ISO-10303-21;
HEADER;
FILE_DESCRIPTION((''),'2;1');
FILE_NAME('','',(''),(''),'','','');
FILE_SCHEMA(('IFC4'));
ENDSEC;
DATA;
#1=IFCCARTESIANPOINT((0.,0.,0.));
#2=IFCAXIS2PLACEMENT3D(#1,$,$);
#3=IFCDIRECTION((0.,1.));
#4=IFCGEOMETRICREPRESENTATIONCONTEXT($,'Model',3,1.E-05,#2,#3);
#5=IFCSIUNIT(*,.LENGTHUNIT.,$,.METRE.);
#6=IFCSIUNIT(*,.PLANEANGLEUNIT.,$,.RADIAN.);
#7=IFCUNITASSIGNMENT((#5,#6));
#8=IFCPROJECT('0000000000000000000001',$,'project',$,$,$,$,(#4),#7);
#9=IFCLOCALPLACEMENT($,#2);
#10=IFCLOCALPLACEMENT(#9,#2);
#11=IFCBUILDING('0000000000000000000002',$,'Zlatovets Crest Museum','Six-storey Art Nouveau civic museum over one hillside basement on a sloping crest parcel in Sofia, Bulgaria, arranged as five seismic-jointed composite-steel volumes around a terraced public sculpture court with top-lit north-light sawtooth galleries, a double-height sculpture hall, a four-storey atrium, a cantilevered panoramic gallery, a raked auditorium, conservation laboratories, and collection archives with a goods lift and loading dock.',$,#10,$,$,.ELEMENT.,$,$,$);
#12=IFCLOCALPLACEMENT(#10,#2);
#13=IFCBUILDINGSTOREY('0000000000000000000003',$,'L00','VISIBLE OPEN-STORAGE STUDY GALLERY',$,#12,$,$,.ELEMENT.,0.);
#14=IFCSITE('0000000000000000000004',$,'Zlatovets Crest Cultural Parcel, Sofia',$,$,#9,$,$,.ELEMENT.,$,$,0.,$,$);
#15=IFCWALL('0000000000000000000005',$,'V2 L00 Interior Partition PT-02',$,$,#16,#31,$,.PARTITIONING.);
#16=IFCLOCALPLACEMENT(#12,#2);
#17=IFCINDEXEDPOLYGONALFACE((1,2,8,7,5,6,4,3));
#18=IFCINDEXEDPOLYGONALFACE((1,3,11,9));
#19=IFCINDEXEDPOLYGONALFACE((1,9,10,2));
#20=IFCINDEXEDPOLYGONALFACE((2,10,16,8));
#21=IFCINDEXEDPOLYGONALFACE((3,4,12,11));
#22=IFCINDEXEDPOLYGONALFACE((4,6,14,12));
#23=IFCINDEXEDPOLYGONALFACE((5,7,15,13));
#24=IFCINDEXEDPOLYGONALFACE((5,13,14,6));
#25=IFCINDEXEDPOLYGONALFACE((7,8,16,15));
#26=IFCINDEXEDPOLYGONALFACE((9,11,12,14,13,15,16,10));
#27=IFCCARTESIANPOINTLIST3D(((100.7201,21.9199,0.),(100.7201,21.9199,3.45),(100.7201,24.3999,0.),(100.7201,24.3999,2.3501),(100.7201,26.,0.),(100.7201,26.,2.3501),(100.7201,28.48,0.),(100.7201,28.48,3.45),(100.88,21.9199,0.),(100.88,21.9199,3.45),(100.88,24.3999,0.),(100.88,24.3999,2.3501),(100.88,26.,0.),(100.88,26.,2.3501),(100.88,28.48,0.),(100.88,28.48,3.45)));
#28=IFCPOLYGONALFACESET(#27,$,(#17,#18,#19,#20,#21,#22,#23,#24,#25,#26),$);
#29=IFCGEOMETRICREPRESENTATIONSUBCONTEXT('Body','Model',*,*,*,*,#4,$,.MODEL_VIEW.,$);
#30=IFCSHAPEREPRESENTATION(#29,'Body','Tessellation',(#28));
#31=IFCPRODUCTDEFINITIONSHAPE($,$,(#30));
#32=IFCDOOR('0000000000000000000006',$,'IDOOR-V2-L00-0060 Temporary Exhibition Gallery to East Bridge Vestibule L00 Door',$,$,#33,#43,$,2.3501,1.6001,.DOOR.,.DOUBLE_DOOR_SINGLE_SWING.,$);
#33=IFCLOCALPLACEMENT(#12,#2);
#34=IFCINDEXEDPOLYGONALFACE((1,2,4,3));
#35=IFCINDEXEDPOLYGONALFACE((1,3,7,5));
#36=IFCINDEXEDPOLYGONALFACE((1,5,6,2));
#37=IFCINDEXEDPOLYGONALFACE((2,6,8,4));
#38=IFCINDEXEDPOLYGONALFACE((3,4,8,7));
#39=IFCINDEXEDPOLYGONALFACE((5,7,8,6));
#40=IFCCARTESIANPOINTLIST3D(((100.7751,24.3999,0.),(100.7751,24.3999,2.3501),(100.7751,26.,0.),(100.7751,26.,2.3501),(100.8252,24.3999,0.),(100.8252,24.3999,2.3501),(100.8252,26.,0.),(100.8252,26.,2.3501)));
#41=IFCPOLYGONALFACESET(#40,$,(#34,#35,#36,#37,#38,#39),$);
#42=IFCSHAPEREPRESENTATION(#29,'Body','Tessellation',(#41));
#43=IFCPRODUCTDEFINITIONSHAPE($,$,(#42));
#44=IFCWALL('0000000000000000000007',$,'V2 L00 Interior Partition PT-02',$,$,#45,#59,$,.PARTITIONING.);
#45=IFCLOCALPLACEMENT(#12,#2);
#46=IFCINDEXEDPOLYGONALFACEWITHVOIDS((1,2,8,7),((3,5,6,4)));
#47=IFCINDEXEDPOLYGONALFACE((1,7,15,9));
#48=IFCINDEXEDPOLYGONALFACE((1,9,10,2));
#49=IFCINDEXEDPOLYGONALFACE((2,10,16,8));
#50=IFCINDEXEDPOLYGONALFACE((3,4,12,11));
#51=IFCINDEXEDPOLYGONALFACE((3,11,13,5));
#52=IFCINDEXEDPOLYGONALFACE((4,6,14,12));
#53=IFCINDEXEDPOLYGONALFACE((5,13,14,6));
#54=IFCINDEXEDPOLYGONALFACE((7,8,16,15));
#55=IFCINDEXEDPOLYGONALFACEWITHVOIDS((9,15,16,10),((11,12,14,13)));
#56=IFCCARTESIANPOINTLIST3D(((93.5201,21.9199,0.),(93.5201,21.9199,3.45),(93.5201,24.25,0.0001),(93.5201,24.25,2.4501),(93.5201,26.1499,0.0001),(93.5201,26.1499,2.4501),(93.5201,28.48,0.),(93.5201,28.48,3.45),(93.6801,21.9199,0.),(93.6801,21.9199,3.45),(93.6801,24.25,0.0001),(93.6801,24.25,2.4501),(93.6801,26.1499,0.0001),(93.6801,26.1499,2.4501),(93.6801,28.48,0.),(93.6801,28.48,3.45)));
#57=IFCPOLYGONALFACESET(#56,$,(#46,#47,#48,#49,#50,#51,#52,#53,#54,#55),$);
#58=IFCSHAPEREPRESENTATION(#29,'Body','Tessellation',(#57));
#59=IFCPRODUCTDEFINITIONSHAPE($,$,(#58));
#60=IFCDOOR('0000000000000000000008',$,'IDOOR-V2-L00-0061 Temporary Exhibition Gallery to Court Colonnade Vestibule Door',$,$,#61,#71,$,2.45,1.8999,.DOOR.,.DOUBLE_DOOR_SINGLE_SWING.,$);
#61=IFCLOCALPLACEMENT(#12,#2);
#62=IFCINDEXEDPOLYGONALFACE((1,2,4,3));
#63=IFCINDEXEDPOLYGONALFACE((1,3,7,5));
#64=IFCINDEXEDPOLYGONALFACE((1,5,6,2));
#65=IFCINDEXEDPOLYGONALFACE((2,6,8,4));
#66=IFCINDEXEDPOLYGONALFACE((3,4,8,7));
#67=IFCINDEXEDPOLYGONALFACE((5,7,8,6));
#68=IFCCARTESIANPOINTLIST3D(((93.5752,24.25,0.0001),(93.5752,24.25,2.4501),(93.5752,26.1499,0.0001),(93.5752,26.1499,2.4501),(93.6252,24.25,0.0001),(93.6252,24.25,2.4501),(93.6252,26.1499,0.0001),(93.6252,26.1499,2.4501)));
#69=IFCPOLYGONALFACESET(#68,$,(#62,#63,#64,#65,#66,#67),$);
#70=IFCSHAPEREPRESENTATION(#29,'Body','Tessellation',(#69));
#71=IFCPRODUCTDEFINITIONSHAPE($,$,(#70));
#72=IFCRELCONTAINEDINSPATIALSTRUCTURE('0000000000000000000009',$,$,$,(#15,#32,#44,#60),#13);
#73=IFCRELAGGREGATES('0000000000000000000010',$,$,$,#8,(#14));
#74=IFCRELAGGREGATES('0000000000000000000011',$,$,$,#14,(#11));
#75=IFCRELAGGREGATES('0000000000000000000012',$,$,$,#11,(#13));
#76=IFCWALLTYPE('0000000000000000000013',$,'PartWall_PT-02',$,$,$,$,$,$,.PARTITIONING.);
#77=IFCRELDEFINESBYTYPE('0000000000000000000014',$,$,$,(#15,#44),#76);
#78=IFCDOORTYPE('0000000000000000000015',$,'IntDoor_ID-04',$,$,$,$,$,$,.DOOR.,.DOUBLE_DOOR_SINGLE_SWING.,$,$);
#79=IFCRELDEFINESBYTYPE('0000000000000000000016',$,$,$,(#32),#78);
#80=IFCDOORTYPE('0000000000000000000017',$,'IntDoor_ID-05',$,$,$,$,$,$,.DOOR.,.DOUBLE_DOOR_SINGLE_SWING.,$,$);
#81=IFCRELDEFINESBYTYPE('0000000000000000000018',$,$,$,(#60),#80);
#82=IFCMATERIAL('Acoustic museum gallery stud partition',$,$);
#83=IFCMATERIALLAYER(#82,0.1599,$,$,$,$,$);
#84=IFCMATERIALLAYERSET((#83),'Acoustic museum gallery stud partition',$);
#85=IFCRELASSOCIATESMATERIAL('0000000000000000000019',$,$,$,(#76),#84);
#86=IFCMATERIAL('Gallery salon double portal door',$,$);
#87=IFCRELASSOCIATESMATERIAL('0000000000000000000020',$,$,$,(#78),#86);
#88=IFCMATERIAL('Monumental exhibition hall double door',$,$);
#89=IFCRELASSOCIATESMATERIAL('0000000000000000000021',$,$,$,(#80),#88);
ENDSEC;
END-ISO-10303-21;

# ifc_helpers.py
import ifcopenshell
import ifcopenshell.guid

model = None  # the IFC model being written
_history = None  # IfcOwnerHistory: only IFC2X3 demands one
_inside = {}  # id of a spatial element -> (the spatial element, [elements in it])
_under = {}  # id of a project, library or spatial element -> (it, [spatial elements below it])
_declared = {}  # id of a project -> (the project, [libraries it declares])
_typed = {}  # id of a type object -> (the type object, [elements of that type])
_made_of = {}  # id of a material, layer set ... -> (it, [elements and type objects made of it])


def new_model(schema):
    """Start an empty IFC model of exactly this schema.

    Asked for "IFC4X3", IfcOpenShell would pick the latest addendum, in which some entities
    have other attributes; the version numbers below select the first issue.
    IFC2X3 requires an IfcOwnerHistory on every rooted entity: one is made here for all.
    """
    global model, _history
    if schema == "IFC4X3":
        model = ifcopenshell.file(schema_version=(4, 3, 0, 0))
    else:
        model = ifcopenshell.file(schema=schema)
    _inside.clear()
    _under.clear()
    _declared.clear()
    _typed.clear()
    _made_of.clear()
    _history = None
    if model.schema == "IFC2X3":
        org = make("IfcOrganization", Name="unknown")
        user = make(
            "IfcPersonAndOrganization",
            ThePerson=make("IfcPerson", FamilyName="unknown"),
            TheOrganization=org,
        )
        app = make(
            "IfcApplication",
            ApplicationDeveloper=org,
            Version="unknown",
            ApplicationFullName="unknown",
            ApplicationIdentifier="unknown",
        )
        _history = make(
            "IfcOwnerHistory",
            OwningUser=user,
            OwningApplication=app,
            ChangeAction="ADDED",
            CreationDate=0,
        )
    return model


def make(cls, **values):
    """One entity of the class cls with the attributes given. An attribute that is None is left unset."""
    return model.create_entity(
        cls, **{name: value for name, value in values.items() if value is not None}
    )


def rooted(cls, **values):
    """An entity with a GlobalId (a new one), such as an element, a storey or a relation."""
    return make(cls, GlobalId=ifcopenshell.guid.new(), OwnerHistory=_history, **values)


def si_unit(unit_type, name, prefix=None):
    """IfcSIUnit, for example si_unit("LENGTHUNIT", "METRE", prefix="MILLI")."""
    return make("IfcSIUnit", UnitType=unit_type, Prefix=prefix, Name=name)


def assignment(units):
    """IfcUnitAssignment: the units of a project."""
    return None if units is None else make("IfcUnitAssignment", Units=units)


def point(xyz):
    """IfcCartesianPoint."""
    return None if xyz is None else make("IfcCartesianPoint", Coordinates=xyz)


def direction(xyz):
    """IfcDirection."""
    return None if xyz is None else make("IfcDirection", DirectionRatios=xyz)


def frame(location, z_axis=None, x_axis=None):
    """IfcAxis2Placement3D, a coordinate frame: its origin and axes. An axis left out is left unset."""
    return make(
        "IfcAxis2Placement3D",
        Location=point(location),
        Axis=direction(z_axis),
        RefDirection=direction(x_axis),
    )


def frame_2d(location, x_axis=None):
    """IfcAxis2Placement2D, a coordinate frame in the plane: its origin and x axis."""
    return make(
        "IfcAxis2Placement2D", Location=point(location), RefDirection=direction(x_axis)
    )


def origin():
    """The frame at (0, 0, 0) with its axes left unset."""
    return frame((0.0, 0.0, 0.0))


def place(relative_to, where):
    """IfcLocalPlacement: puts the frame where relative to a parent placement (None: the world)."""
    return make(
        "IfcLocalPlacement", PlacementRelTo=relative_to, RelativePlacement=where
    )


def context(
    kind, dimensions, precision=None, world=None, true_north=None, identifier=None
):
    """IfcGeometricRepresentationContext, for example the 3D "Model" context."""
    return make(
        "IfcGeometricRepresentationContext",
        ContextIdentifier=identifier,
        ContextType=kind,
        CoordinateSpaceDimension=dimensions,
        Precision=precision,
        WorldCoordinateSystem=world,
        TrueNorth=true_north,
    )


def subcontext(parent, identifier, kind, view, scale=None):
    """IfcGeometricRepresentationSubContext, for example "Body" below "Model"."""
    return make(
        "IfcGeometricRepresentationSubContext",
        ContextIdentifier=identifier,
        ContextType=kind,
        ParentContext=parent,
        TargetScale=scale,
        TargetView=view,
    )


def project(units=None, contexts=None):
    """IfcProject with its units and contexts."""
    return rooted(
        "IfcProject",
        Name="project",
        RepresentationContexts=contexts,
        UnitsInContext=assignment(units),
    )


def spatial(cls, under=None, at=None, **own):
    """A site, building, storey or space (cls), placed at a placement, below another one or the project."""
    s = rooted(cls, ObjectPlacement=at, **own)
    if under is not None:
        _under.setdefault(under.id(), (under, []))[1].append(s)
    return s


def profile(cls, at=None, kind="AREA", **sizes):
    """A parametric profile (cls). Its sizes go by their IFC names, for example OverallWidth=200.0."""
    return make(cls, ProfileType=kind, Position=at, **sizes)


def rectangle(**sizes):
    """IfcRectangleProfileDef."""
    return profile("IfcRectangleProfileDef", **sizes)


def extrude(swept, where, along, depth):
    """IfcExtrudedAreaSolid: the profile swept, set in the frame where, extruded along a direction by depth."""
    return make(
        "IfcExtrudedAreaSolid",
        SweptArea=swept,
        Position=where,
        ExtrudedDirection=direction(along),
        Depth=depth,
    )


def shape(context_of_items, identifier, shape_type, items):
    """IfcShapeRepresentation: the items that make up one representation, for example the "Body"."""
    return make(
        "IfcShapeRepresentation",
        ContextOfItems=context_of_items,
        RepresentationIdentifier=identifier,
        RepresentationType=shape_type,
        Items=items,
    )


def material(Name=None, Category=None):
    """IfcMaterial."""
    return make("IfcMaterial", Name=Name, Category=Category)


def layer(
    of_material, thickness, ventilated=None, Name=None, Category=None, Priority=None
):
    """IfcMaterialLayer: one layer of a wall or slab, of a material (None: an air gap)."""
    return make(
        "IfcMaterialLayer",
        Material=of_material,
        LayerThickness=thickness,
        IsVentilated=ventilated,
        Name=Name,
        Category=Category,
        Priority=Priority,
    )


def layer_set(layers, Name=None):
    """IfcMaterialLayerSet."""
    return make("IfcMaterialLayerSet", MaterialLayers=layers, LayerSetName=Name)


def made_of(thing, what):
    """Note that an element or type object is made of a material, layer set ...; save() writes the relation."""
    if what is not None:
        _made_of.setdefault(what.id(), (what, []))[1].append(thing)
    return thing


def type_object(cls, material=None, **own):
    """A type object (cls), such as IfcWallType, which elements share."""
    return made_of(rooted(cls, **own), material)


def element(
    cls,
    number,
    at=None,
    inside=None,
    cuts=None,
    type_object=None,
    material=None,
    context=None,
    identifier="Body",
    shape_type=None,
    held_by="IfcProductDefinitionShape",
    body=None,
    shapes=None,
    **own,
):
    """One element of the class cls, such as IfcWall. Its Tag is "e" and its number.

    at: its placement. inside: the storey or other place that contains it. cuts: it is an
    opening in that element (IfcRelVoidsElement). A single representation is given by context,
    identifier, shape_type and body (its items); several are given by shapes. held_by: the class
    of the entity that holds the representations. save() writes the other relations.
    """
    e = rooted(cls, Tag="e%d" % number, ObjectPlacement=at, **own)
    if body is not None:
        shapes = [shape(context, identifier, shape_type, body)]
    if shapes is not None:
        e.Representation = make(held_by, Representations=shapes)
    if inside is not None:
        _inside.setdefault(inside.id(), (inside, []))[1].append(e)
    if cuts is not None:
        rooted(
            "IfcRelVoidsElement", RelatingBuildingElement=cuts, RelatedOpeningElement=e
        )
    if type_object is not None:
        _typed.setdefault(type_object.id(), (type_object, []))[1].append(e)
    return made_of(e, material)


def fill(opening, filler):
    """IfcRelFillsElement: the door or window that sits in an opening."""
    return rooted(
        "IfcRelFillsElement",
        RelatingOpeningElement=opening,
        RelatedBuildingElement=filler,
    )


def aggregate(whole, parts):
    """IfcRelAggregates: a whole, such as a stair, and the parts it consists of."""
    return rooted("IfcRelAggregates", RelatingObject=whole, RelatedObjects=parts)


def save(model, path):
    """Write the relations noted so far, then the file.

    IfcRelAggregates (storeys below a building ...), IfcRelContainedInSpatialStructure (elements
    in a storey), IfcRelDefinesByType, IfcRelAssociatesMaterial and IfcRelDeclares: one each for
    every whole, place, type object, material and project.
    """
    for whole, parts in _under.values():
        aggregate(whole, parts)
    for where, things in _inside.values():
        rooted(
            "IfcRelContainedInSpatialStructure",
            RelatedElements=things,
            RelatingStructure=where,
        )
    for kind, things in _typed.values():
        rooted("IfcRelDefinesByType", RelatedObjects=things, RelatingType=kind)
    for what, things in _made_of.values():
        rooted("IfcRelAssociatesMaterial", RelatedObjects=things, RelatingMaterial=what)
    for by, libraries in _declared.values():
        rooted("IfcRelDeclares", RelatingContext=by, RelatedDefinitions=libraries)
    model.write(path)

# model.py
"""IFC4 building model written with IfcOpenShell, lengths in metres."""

from ifc_helpers import new_model, si_unit, direction, frame, frame_2d, origin, place, context, subcontext, project, spatial, rectangle, extrude, material, layer, layer_set, type_object, element, fill, save


model = new_model("IFC4")

# Units and contexts
model_context = context("Model", 3, precision=1e-05, world=origin(), true_north=direction((0.0, 1.0)))
body_context = subcontext(model_context, "Body", "Model", "MODEL_VIEW")
ifc_project = project(units=[si_unit("LENGTHUNIT", "METRE"), si_unit("PLANEANGLEUNIT", "RADIAN")], contexts=[model_context])

# Site, building, storey
site_placement = place(None, origin())
site = spatial("IfcSite", under=ifc_project, at=site_placement, Name="Zlatovets Crest Cultural Parcel, Sofia", CompositionType="ELEMENT", RefElevation=0.0)
building_placement = place(site_placement, origin())
building = spatial("IfcBuilding", under=site, at=building_placement, Name="Zlatovets Crest Museum", Description="Six-storey Art Nouveau civic museum over one hillside basement on a sloping crest parcel in Sofia, Bulgaria, arranged as five seismic-jointed composite-steel volumes around a terraced public sculpture court with top-lit north-light sawtooth galleries, a double-height sculpture hall, a four-storey atrium, a cantilevered panoramic gallery, a raked auditorium, conservation laboratories, and collection archives with a goods lift and loading dock.", CompositionType="ELEMENT")
storey_placement = place(building_placement, origin())
storey = spatial("IfcBuildingStorey", under=building, at=storey_placement, Name="L00", Description="VISIBLE OPEN-STORAGE STUDY GALLERY", CompositionType="ELEMENT", Elevation=0.0)

# Walls, openings, doors
ifc_material_1 = material(Name="Acoustic museum gallery stud partition")
ifc_layer_1 = layer(ifc_material_1, 0.1599)
ifc_layer_set_1 = layer_set([ifc_layer_1], Name="Acoustic museum gallery stud partition")
wall_type_1 = type_object("IfcWallType", Name="PartWall_PT-02", PredefinedType="PARTITIONING", material=ifc_layer_set_1)
wall_1_placement = place(storey_placement, frame((100.8, 21.9199, 0.0), z_axis=(0.0, 0.0, 1.0), x_axis=(0.0, 1.0, 0.0)))
wall_1 = element("IfcWall", 1, at=wall_1_placement, inside=storey, type_object=wall_type_1, Name="V2 L00 Interior Partition PT-02", PredefinedType="PARTITIONING", context=body_context, shape_type="SweptSolid", body=[
    extrude(rectangle(XDim=6.5601, YDim=0.1599, at=frame_2d((3.28, 0.0))), origin(), (0.0, 0.0, 1.0), 3.45),
])
opening_1_placement = place(wall_1_placement, frame((2.48, 0.0, 0.0)))
opening_1 = element("IfcOpeningElement", 2, at=opening_1_placement, cuts=wall_1, PredefinedType="OPENING", context=body_context, shape_type="SweptSolid", body=[
    extrude(rectangle(XDim=1.6001, YDim=2.3501, at=frame_2d((0.8, 1.175))), frame((0.0, 0.0898, 0.0), z_axis=(0.0, -1.0, 0.0), x_axis=(1.0, 0.0, 0.0)), (0.0, 0.0, 1.0), 0.1799),
])
ifc_material_2 = material(Name="Gallery salon double portal door")
door_type_1 = type_object("IfcDoorType", Name="IntDoor_ID-04", OperationType="DOUBLE_DOOR_SINGLE_SWING", PredefinedType="DOOR", material=ifc_material_2)
door_1_placement = place(opening_1_placement, origin())
door_1 = element("IfcDoor", 3, at=door_1_placement, inside=storey, type_object=door_type_1, Name="IDOOR-V2-L00-0060 Temporary Exhibition Gallery to East Bridge Vestibule L00 Door", OperationType="DOUBLE_DOOR_SINGLE_SWING", OverallHeight=2.3501, OverallWidth=1.6001, PredefinedType="DOOR", context=body_context, shape_type="SweptSolid", body=[
    extrude(rectangle(XDim=1.6001, YDim=2.3501, at=frame_2d((0.8, 1.175))), frame((0.0, 0.0249, 0.0), z_axis=(0.0, -1.0, 0.0), x_axis=(1.0, 0.0, 0.0)), (0.0, 0.0, 1.0), 0.05),
])
fill(opening_1, door_1)
wall_2_placement = place(storey_placement, frame((93.6001, 21.9199, 0.0), z_axis=(0.0, 0.0, 1.0), x_axis=(0.0, 1.0, 0.0)))
wall_2 = element("IfcWall", 4, at=wall_2_placement, inside=storey, type_object=wall_type_1, Name="V2 L00 Interior Partition PT-02", PredefinedType="PARTITIONING", context=body_context, shape_type="SweptSolid", body=[
    extrude(rectangle(XDim=6.5601, YDim=0.1599, at=frame_2d((3.28, 0.0))), origin(), (0.0, 0.0, 1.0), 3.45),
])
opening_2_placement = place(wall_2_placement, frame((2.3301, 0.0, 0.0)))
opening_2 = element("IfcOpeningElement", 5, at=opening_2_placement, cuts=wall_2, PredefinedType="OPENING", context=body_context, shape_type="SweptSolid", body=[
    extrude(rectangle(XDim=1.8999, YDim=2.45, at=frame_2d((0.95, 1.2251))), frame((0.0, 0.0898, 0.0), z_axis=(0.0, -1.0, 0.0), x_axis=(1.0, 0.0, 0.0)), (0.0, 0.0, 1.0), 0.1799),
])
ifc_material_3 = material(Name="Monumental exhibition hall double door")
door_type_2 = type_object("IfcDoorType", Name="IntDoor_ID-05", OperationType="DOUBLE_DOOR_SINGLE_SWING", PredefinedType="DOOR", material=ifc_material_3)
door_2_placement = place(opening_2_placement, origin())
door_2 = element("IfcDoor", 6, at=door_2_placement, inside=storey, type_object=door_type_2, Name="IDOOR-V2-L00-0061 Temporary Exhibition Gallery to Court Colonnade Vestibule Door", OperationType="DOUBLE_DOOR_SINGLE_SWING", OverallHeight=2.45, OverallWidth=1.8999, PredefinedType="DOOR", context=body_context, shape_type="SweptSolid", body=[
    extrude(rectangle(XDim=1.8999, YDim=2.45, at=frame_2d((0.95, 1.2251))), frame((0.0, 0.0249, 0.0), z_axis=(0.0, -1.0, 0.0), x_axis=(1.0, 0.0, 0.0)), (0.0, 0.0, 1.0), 0.05),
])
fill(opening_2, door_2)

save(model, "model.ifc")
